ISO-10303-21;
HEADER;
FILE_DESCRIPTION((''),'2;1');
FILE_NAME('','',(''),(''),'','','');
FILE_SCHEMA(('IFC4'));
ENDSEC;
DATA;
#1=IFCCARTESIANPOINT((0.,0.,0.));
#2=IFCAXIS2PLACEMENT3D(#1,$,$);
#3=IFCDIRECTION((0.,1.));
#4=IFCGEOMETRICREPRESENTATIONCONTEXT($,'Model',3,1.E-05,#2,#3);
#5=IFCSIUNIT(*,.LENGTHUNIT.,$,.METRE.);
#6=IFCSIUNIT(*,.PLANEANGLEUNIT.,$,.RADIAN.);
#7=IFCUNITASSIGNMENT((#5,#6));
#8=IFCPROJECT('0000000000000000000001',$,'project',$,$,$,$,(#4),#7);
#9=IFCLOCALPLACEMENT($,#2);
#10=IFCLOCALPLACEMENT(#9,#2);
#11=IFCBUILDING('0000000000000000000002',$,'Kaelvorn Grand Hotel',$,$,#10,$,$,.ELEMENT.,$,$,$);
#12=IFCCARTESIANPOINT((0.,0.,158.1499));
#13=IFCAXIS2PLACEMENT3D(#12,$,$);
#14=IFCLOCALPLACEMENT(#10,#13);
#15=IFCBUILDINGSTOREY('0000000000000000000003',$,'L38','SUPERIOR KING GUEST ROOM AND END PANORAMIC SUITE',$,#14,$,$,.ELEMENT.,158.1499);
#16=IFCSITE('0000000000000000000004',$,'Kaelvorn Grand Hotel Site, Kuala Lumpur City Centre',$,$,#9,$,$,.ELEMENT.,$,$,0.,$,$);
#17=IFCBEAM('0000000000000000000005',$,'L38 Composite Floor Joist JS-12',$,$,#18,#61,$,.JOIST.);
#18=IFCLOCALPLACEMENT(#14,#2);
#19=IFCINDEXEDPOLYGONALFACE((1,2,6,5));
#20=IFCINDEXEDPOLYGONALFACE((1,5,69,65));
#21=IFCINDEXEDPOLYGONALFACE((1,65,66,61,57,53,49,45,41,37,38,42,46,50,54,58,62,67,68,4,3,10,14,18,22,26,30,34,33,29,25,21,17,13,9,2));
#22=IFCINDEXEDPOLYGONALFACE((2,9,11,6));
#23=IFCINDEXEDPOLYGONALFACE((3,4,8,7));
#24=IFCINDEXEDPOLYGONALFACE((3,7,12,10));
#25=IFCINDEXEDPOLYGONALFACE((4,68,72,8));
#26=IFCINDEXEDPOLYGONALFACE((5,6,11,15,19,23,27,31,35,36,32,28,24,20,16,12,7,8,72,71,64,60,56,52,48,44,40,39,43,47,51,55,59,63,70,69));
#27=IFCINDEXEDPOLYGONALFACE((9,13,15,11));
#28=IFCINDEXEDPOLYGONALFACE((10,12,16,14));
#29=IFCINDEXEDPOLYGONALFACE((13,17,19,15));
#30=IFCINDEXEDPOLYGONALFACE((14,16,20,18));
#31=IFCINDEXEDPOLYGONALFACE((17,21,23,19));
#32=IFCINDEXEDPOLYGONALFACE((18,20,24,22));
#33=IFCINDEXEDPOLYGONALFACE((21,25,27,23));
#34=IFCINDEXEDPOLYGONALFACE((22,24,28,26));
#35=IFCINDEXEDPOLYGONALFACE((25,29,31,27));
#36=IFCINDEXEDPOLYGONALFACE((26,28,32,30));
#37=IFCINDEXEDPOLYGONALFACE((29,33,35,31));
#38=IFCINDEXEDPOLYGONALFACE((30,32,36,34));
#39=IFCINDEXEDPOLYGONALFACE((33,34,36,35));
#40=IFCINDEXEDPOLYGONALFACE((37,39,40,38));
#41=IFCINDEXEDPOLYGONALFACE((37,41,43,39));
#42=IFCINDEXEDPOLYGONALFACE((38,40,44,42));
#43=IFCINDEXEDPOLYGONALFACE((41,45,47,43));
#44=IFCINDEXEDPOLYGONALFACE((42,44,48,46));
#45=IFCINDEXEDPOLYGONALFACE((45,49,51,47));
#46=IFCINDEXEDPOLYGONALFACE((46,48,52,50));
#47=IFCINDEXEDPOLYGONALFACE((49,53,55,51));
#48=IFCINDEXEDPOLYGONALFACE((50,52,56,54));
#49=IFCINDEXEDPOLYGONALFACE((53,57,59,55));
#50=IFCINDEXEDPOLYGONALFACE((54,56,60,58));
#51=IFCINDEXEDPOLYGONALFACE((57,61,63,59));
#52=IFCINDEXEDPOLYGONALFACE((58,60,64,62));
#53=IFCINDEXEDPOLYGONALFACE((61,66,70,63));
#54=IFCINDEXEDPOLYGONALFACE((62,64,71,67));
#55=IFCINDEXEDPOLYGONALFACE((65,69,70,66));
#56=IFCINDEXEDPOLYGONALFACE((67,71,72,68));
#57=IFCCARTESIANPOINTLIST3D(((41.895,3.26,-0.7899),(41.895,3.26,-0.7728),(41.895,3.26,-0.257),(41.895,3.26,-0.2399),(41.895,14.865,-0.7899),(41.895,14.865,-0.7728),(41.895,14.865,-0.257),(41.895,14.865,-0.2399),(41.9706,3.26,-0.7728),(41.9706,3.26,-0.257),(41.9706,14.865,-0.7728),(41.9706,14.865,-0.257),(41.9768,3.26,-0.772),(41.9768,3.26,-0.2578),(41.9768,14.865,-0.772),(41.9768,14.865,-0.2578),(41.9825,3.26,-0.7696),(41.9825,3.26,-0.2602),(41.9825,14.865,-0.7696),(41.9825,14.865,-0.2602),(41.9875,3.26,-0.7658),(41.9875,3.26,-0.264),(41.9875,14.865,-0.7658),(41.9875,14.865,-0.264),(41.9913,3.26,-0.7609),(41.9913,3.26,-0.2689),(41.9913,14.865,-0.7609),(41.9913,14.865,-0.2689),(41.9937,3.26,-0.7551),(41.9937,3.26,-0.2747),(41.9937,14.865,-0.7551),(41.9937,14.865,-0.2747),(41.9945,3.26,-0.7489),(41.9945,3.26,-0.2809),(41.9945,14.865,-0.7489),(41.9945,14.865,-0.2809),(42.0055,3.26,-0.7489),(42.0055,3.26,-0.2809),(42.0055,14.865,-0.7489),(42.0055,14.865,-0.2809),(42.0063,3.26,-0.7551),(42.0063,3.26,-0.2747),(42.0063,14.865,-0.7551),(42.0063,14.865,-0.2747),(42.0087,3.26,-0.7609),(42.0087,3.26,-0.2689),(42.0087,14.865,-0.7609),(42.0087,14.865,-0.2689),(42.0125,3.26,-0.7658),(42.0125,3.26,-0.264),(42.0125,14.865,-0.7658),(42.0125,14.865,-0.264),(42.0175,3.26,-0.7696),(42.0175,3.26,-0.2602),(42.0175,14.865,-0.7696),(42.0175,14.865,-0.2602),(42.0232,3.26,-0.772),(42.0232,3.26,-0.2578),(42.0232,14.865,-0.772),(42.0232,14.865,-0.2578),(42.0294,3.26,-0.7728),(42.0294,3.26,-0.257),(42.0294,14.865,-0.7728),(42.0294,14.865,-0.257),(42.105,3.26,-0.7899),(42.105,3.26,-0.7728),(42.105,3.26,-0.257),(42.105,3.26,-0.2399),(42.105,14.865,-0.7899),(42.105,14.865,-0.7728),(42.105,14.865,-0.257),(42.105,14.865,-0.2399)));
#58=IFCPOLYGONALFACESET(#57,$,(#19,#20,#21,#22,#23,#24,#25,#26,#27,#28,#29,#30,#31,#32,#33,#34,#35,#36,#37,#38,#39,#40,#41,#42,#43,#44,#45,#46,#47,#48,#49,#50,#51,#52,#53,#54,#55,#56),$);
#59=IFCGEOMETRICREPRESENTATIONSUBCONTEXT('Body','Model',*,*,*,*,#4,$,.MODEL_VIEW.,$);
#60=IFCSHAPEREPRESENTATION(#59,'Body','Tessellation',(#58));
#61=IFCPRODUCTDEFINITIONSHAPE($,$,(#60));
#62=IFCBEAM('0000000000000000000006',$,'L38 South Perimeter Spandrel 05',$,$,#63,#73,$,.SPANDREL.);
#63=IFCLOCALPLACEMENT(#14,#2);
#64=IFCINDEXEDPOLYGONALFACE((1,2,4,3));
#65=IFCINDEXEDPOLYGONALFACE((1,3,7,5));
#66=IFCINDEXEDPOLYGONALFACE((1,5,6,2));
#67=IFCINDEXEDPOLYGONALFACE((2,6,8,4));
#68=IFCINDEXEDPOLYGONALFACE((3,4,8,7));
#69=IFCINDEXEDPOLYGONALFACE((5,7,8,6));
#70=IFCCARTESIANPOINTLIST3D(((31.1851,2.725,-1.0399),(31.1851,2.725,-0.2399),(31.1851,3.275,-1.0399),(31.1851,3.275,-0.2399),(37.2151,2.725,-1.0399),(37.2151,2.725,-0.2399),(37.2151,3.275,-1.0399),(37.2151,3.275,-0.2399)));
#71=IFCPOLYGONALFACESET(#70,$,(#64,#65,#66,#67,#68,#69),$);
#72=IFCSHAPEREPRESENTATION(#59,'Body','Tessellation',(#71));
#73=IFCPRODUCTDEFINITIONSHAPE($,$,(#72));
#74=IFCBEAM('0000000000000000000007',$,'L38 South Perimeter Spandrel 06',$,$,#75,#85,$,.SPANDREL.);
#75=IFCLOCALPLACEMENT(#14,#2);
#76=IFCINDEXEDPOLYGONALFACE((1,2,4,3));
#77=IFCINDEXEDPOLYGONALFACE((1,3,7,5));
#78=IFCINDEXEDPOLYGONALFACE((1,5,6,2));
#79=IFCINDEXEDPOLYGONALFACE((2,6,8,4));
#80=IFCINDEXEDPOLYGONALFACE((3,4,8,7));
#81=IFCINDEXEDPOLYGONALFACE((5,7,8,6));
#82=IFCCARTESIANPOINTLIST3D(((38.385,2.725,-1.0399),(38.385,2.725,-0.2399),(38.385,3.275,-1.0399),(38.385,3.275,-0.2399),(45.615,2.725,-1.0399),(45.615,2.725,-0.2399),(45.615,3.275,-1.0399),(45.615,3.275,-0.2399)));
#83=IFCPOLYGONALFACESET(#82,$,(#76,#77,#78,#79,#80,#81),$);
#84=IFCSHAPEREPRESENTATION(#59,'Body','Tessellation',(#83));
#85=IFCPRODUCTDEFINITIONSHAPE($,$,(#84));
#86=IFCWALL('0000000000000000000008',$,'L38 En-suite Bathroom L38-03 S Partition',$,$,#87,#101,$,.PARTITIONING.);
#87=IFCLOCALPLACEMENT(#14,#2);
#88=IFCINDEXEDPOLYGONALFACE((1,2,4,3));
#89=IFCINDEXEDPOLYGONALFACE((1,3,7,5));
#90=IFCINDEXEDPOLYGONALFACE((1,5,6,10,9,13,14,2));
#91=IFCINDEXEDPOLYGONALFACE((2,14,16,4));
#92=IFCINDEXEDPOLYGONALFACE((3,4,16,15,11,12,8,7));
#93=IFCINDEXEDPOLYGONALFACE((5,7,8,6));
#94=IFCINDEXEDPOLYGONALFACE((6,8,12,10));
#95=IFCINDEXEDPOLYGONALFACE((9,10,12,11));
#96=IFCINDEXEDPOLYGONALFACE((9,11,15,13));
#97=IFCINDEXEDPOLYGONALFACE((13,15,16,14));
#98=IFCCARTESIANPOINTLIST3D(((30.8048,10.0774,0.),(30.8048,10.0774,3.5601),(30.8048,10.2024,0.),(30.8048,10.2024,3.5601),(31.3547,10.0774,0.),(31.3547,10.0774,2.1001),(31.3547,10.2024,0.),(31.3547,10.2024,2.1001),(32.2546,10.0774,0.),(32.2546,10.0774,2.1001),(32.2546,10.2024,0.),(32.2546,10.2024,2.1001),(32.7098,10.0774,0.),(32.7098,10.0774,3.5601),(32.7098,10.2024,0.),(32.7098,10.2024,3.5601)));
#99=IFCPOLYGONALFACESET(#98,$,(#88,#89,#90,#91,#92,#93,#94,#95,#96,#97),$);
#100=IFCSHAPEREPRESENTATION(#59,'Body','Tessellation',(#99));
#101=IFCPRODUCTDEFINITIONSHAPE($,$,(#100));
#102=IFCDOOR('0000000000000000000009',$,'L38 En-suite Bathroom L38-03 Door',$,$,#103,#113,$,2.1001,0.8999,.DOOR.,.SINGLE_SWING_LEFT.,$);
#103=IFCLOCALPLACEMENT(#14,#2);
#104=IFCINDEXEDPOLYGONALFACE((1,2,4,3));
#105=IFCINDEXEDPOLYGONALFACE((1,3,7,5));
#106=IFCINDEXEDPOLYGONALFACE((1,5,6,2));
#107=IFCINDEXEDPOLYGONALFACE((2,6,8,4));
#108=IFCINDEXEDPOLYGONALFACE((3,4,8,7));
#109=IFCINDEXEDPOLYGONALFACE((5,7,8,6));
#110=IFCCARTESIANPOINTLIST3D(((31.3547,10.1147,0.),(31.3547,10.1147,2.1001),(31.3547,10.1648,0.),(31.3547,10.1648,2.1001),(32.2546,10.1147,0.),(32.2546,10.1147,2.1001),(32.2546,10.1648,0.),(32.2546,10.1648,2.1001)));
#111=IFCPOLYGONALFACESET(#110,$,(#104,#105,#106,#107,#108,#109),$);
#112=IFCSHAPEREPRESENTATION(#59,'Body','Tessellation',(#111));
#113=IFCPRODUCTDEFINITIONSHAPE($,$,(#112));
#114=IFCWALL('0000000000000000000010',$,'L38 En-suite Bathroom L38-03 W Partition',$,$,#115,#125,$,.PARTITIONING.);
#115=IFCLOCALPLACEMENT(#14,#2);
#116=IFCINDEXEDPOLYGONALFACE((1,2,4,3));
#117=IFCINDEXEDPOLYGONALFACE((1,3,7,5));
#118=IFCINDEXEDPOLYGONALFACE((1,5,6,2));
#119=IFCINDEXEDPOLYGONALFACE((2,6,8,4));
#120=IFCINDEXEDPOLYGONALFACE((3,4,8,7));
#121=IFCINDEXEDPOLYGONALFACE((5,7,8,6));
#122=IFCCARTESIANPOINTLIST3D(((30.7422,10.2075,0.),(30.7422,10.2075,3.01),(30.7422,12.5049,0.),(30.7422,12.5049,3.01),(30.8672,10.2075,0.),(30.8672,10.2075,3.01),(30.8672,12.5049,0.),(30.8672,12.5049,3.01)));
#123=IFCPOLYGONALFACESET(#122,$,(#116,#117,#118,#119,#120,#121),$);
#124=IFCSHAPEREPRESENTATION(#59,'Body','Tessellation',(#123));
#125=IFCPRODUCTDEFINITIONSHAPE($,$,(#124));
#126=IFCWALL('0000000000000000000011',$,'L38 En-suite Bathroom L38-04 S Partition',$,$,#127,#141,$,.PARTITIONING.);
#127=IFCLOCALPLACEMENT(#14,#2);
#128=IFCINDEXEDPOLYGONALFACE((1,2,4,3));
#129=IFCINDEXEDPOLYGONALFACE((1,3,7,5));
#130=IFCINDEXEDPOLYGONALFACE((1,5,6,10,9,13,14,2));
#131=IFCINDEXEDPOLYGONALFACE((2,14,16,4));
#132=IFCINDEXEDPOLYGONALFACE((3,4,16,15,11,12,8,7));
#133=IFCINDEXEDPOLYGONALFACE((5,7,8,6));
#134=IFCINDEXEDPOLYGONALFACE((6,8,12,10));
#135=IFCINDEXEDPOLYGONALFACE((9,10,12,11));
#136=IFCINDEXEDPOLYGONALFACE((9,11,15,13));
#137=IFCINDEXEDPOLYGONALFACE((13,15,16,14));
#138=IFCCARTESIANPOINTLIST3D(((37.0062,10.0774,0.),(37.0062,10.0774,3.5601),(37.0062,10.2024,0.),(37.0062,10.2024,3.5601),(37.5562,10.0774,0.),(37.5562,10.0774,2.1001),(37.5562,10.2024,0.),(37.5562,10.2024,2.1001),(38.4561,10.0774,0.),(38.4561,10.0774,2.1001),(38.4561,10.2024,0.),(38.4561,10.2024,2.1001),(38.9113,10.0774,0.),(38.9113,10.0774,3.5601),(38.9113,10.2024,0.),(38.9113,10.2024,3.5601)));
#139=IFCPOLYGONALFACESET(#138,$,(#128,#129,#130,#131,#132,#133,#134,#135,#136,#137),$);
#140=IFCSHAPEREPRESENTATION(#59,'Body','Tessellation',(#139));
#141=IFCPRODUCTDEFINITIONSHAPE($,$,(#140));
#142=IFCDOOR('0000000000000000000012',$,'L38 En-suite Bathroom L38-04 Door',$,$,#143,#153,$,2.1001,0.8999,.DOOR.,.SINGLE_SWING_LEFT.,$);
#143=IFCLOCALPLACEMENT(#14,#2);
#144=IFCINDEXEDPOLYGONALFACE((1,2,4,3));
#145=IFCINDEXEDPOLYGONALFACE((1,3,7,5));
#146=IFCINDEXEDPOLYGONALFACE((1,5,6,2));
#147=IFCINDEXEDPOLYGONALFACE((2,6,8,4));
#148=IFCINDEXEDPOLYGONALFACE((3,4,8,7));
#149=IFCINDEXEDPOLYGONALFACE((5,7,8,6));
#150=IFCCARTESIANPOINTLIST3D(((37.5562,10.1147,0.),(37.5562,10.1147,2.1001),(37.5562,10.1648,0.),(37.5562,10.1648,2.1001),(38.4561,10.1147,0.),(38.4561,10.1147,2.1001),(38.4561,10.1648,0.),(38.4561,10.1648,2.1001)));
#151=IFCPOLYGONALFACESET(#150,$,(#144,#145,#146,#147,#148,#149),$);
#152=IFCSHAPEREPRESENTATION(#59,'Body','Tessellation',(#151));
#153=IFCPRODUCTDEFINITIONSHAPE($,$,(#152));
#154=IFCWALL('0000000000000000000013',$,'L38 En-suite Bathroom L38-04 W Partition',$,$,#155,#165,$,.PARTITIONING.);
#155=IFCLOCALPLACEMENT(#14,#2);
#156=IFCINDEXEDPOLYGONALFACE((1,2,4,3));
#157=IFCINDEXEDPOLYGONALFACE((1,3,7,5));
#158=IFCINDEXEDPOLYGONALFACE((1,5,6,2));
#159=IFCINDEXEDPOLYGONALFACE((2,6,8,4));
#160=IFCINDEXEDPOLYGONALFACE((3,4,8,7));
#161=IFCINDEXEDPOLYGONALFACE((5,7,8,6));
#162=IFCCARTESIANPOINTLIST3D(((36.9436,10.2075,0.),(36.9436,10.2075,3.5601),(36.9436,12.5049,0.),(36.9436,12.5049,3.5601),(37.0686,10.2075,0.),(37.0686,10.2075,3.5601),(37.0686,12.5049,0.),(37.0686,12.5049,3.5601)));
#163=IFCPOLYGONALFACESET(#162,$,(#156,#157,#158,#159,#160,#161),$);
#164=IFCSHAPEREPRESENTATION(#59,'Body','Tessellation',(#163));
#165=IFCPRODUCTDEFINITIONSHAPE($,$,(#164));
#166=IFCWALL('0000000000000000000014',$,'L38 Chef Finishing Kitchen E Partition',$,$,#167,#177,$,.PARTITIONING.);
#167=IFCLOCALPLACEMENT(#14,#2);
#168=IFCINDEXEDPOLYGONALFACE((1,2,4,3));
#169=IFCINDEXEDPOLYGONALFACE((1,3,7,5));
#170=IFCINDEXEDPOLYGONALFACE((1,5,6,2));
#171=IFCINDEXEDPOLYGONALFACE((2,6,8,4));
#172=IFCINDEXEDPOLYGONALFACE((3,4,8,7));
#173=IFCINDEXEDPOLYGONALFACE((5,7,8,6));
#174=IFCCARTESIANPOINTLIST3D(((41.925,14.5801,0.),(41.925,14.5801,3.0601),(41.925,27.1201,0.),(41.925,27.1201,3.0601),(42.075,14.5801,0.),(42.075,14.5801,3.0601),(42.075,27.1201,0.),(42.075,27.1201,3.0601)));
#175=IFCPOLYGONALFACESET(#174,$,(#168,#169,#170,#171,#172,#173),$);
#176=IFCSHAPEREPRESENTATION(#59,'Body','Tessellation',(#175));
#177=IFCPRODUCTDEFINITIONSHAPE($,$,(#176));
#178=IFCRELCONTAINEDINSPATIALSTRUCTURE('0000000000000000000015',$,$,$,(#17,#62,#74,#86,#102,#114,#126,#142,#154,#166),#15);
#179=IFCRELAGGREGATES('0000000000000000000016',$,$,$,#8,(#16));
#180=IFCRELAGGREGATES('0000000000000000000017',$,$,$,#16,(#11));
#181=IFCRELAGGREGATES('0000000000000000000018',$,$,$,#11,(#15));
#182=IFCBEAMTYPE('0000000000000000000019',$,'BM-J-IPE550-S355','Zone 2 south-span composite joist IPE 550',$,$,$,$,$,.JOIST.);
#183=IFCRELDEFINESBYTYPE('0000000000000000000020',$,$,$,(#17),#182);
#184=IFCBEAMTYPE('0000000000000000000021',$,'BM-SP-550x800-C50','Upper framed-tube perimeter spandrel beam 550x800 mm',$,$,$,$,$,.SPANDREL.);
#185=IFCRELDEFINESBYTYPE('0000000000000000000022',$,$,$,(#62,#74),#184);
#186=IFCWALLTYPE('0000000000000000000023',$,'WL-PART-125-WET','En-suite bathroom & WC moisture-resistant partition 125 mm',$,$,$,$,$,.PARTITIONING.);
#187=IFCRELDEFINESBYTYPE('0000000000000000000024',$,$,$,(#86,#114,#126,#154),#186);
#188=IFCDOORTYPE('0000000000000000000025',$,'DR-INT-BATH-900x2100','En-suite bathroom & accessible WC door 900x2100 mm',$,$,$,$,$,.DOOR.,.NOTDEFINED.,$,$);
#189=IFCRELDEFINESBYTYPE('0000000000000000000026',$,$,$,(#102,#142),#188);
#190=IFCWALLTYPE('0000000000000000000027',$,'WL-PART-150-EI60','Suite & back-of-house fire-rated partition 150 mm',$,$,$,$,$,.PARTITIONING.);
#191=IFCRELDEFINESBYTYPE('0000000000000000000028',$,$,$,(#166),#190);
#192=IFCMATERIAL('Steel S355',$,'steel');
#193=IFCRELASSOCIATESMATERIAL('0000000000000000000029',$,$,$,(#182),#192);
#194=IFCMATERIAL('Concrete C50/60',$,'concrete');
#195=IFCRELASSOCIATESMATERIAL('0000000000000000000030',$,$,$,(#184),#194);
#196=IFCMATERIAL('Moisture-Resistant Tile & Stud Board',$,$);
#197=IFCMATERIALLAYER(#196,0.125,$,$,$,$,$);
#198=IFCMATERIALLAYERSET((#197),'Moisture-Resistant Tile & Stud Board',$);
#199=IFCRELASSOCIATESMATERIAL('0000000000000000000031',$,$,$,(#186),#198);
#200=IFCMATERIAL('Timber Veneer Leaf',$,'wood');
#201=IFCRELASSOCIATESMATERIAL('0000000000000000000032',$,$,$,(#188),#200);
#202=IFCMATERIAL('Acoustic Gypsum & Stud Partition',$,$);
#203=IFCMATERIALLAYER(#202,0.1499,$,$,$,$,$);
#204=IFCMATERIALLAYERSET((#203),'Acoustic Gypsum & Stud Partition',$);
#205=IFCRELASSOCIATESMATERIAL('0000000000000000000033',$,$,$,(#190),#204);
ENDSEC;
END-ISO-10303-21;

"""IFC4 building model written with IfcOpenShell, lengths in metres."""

from ifc_helpers import new_model, si_unit, direction, frame, frame_2d, origin, origin_2d, place, context, subcontext, project, spatial, rectangle, i_section, extrude, material, layer, layer_set, material_profile, profile_set, type_object, element, fill, save


model = new_model("IFC4")

# Units and contexts
model_context = context("Model", 3, precision=1e-05, world=origin(), true_north=direction((0.0, 1.0)))
body_context = subcontext(model_context, "Body", "Model", "MODEL_VIEW")
ifc_project = project(units=[si_unit("LENGTHUNIT", "METRE"), si_unit("PLANEANGLEUNIT", "RADIAN")], contexts=[model_context])

# Site, building, storey
site_placement = place(None, origin())
site = spatial("IfcSite", under=ifc_project, at=site_placement, Name="Kaelvorn Grand Hotel Site, Kuala Lumpur City Centre", CompositionType="ELEMENT", RefElevation=0.0)
building_placement = place(site_placement, origin())
building = spatial("IfcBuilding", under=site, at=building_placement, Name="Kaelvorn Grand Hotel", CompositionType="ELEMENT")
storey_placement = place(building_placement, frame((0.0, 0.0, 158.1499)))
storey = spatial("IfcBuildingStorey", under=building, at=storey_placement, Name="L38", Description="SUPERIOR KING GUEST ROOM AND END PANORAMIC SUITE", CompositionType="ELEMENT", Elevation=158.1499)

# Beams
ifc_material_1 = material(Name="Steel S355", Category="steel")
ifc_material_profile_1 = material_profile(ifc_material_1, i_section(OverallWidth=0.21, OverallDepth=0.55, WebThickness=0.011, FlangeThickness=0.0171, FilletRadius=0.0239, at=origin_2d()), Name="IPE 550")
ifc_profile_set_1 = profile_set([ifc_material_profile_1], Name="Steel S355")
beam_type_1 = type_object("IfcBeamType", Name="BM-J-IPE550-S355", Description="Zone 2 south-span composite joist IPE 550", PredefinedType="JOIST", material=ifc_profile_set_1)
beam_1_placement = place(storey_placement, frame((42.0, 3.26, -0.5149), z_axis=(0.0, 1.0, 0.0), x_axis=(-1.0, 0.0, 0.0)))
element("IfcBeam", 1, at=beam_1_placement, inside=storey, type_object=beam_type_1, Name="L38 Composite Floor Joist JS-12", PredefinedType="JOIST", context=body_context, shape_type="SweptSolid", body=[
    extrude(i_section(OverallWidth=0.21, OverallDepth=0.55, WebThickness=0.011, FlangeThickness=0.0171, FilletRadius=0.0239, at=origin_2d()), origin(), (0.0, 0.0, 1.0), 11.605),
])
ifc_material_2 = material(Name="Concrete C50/60", Category="concrete")
ifc_material_profile_2 = material_profile(ifc_material_2, rectangle(XDim=0.55, YDim=0.8, at=origin_2d()), Name="RC SPANDREL 550x800")
ifc_profile_set_2 = profile_set([ifc_material_profile_2], Name="Concrete C50/60")
beam_type_2 = type_object("IfcBeamType", Name="BM-SP-550x800-C50", Description="Upper framed-tube perimeter spandrel beam 550x800 mm", PredefinedType="SPANDREL", material=ifc_profile_set_2)
beam_2_placement = place(storey_placement, frame((31.1851, 3.0, -0.6399), z_axis=(1.0, 0.0, 0.0), x_axis=(0.0, 1.0, 0.0)))
element("IfcBeam", 2, at=beam_2_placement, inside=storey, type_object=beam_type_2, Name="L38 South Perimeter Spandrel 05", PredefinedType="SPANDREL", context=body_context, shape_type="SweptSolid", body=[
    extrude(rectangle(XDim=0.55, YDim=0.8, at=origin_2d()), origin(), (0.0, 0.0, 1.0), 6.03),
])
beam_3_placement = place(storey_placement, frame((38.385, 3.0, -0.6399), z_axis=(1.0, 0.0, 0.0), x_axis=(0.0, 1.0, 0.0)))
element("IfcBeam", 3, at=beam_3_placement, inside=storey, type_object=beam_type_2, Name="L38 South Perimeter Spandrel 06", PredefinedType="SPANDREL", context=body_context, shape_type="SweptSolid", body=[
    extrude(rectangle(XDim=0.55, YDim=0.8, at=origin_2d()), origin(), (0.0, 0.0, 1.0), 7.23),
])

# Wall, opening, door
ifc_material_3 = material(Name="Moisture-Resistant Tile & Stud Board")
ifc_layer_1 = layer(ifc_material_3, 0.125)
ifc_layer_set_1 = layer_set([ifc_layer_1], Name="Moisture-Resistant Tile & Stud Board")
wall_type_1 = type_object("IfcWallType", Name="WL-PART-125-WET", Description="En-suite bathroom & WC moisture-resistant partition 125 mm", PredefinedType="PARTITIONING", material=ifc_layer_set_1)
wall_1_placement = place(storey_placement, frame((30.8047, 10.1399, 0.0), z_axis=(0.0, 0.0, 1.0), x_axis=(1.0, 0.0, 0.0)))
wall_1 = element("IfcWall", 4, at=wall_1_placement, inside=storey, type_object=wall_type_1, Name="L38 En-suite Bathroom L38-03 S Partition", PredefinedType="PARTITIONING", context=body_context, shape_type="SweptSolid", body=[
    extrude(rectangle(XDim=1.905, YDim=0.125, at=frame_2d((0.9526, 0.0))), origin(), (0.0, 0.0, 1.0), 3.5601),
])
opening_1_placement = place(wall_1_placement, frame((0.55, 0.0, 0.0)))
opening_1 = element("IfcOpeningElement", 5, at=opening_1_placement, cuts=wall_1, PredefinedType="OPENING", context=body_context, shape_type="SweptSolid", body=[
    extrude(rectangle(XDim=0.8999, YDim=2.1001, at=frame_2d((0.45, 1.05))), frame((0.0, 0.0725, 0.0), z_axis=(0.0, -1.0, 0.0), x_axis=(1.0, 0.0, 0.0)), (0.0, 0.0, 1.0), 0.145),
])
ifc_material_4 = material(Name="Timber Veneer Leaf", Category="wood")
door_type_1 = type_object("IfcDoorType", Name="DR-INT-BATH-900x2100", Description="En-suite bathroom & accessible WC door 900x2100 mm", OperationType="NOTDEFINED", PredefinedType="DOOR", material=ifc_material_4)
door_1_placement = place(opening_1_placement, origin())
door_1 = element("IfcDoor", 6, at=door_1_placement, inside=storey, type_object=door_type_1, Name="L38 En-suite Bathroom L38-03 Door", OperationType="SINGLE_SWING_LEFT", OverallHeight=2.1001, OverallWidth=0.8999, PredefinedType="DOOR", context=body_context, shape_type="SweptSolid", body=[
    extrude(rectangle(XDim=0.8999, YDim=2.1001, at=frame_2d((0.45, 1.05))), frame((0.0, 0.0249, 0.0), z_axis=(0.0, -1.0, 0.0), x_axis=(1.0, 0.0, 0.0)), (0.0, 0.0, 1.0), 0.05),
])
fill(opening_1, door_1)

# Wall
wall_2_placement = place(storey_placement, frame((30.8047, 10.2075, 0.0), z_axis=(0.0, 0.0, 1.0), x_axis=(0.0, 1.0, 0.0)))
element("IfcWall", 7, at=wall_2_placement, inside=storey, type_object=wall_type_1, Name="L38 En-suite Bathroom L38-03 W Partition", PredefinedType="PARTITIONING", context=body_context, shape_type="SweptSolid", body=[
    extrude(rectangle(XDim=2.2974, YDim=0.125, at=frame_2d((1.1487, 0.0))), origin(), (0.0, 0.0, 1.0), 3.01),
])

# Wall, opening, door
wall_3_placement = place(storey_placement, frame((37.0061, 10.1399, 0.0), z_axis=(0.0, 0.0, 1.0), x_axis=(1.0, 0.0, 0.0)))
wall_3 = element("IfcWall", 8, at=wall_3_placement, inside=storey, type_object=wall_type_1, Name="L38 En-suite Bathroom L38-04 S Partition", PredefinedType="PARTITIONING", context=body_context, shape_type="SweptSolid", body=[
    extrude(rectangle(XDim=1.905, YDim=0.125, at=frame_2d((0.9526, 0.0))), origin(), (0.0, 0.0, 1.0), 3.5601),
])
opening_2_placement = place(wall_3_placement, frame((0.55, 0.0, 0.0)))
opening_2 = element("IfcOpeningElement", 9, at=opening_2_placement, cuts=wall_3, PredefinedType="OPENING", context=body_context, shape_type="SweptSolid", body=[
    extrude(rectangle(XDim=0.8999, YDim=2.1001, at=frame_2d((0.45, 1.05))), frame((0.0, 0.0725, 0.0), z_axis=(0.0, -1.0, 0.0), x_axis=(1.0, 0.0, 0.0)), (0.0, 0.0, 1.0), 0.145),
])
door_2_placement = place(opening_2_placement, origin())
door_2 = element("IfcDoor", 10, at=door_2_placement, inside=storey, type_object=door_type_1, Name="L38 En-suite Bathroom L38-04 Door", OperationType="SINGLE_SWING_LEFT", OverallHeight=2.1001, OverallWidth=0.8999, PredefinedType="DOOR", context=body_context, shape_type="SweptSolid", body=[
    extrude(rectangle(XDim=0.8999, YDim=2.1001, at=frame_2d((0.45, 1.05))), frame((0.0, 0.0249, 0.0), z_axis=(0.0, -1.0, 0.0), x_axis=(1.0, 0.0, 0.0)), (0.0, 0.0, 1.0), 0.05),
])
fill(opening_2, door_2)

# Walls
wall_4_placement = place(storey_placement, frame((37.0061, 10.2075, 0.0), z_axis=(0.0, 0.0, 1.0), x_axis=(0.0, 1.0, 0.0)))
element("IfcWall", 11, at=wall_4_placement, inside=storey, type_object=wall_type_1, Name="L38 En-suite Bathroom L38-04 W Partition", PredefinedType="PARTITIONING", context=body_context, shape_type="SweptSolid", body=[
    extrude(rectangle(XDim=2.2974, YDim=0.125, at=frame_2d((1.1487, 0.0))), origin(), (0.0, 0.0, 1.0), 3.5601),
])
ifc_material_5 = material(Name="Acoustic Gypsum & Stud Partition")
ifc_layer_2 = layer(ifc_material_5, 0.1499)
ifc_layer_set_2 = layer_set([ifc_layer_2], Name="Acoustic Gypsum & Stud Partition")
wall_type_2 = type_object("IfcWallType", Name="WL-PART-150-EI60", Description="Suite & back-of-house fire-rated partition 150 mm", PredefinedType="PARTITIONING", material=ifc_layer_set_2)
wall_5_placement = place(storey_placement, frame((42.0, 14.5801, 0.0), z_axis=(0.0, 0.0, 1.0), x_axis=(0.0, 1.0, 0.0)))
element("IfcWall", 12, at=wall_5_placement, inside=storey, type_object=wall_type_2, Name="L38 Chef Finishing Kitchen E Partition", PredefinedType="PARTITIONING", context=body_context, shape_type="SweptSolid", body=[
    extrude(rectangle(XDim=12.54, YDim=0.1499, at=frame_2d((6.27, 0.0))), origin(), (0.0, 0.0, 1.0), 3.0601),
])

save(model, "model.ifc")
